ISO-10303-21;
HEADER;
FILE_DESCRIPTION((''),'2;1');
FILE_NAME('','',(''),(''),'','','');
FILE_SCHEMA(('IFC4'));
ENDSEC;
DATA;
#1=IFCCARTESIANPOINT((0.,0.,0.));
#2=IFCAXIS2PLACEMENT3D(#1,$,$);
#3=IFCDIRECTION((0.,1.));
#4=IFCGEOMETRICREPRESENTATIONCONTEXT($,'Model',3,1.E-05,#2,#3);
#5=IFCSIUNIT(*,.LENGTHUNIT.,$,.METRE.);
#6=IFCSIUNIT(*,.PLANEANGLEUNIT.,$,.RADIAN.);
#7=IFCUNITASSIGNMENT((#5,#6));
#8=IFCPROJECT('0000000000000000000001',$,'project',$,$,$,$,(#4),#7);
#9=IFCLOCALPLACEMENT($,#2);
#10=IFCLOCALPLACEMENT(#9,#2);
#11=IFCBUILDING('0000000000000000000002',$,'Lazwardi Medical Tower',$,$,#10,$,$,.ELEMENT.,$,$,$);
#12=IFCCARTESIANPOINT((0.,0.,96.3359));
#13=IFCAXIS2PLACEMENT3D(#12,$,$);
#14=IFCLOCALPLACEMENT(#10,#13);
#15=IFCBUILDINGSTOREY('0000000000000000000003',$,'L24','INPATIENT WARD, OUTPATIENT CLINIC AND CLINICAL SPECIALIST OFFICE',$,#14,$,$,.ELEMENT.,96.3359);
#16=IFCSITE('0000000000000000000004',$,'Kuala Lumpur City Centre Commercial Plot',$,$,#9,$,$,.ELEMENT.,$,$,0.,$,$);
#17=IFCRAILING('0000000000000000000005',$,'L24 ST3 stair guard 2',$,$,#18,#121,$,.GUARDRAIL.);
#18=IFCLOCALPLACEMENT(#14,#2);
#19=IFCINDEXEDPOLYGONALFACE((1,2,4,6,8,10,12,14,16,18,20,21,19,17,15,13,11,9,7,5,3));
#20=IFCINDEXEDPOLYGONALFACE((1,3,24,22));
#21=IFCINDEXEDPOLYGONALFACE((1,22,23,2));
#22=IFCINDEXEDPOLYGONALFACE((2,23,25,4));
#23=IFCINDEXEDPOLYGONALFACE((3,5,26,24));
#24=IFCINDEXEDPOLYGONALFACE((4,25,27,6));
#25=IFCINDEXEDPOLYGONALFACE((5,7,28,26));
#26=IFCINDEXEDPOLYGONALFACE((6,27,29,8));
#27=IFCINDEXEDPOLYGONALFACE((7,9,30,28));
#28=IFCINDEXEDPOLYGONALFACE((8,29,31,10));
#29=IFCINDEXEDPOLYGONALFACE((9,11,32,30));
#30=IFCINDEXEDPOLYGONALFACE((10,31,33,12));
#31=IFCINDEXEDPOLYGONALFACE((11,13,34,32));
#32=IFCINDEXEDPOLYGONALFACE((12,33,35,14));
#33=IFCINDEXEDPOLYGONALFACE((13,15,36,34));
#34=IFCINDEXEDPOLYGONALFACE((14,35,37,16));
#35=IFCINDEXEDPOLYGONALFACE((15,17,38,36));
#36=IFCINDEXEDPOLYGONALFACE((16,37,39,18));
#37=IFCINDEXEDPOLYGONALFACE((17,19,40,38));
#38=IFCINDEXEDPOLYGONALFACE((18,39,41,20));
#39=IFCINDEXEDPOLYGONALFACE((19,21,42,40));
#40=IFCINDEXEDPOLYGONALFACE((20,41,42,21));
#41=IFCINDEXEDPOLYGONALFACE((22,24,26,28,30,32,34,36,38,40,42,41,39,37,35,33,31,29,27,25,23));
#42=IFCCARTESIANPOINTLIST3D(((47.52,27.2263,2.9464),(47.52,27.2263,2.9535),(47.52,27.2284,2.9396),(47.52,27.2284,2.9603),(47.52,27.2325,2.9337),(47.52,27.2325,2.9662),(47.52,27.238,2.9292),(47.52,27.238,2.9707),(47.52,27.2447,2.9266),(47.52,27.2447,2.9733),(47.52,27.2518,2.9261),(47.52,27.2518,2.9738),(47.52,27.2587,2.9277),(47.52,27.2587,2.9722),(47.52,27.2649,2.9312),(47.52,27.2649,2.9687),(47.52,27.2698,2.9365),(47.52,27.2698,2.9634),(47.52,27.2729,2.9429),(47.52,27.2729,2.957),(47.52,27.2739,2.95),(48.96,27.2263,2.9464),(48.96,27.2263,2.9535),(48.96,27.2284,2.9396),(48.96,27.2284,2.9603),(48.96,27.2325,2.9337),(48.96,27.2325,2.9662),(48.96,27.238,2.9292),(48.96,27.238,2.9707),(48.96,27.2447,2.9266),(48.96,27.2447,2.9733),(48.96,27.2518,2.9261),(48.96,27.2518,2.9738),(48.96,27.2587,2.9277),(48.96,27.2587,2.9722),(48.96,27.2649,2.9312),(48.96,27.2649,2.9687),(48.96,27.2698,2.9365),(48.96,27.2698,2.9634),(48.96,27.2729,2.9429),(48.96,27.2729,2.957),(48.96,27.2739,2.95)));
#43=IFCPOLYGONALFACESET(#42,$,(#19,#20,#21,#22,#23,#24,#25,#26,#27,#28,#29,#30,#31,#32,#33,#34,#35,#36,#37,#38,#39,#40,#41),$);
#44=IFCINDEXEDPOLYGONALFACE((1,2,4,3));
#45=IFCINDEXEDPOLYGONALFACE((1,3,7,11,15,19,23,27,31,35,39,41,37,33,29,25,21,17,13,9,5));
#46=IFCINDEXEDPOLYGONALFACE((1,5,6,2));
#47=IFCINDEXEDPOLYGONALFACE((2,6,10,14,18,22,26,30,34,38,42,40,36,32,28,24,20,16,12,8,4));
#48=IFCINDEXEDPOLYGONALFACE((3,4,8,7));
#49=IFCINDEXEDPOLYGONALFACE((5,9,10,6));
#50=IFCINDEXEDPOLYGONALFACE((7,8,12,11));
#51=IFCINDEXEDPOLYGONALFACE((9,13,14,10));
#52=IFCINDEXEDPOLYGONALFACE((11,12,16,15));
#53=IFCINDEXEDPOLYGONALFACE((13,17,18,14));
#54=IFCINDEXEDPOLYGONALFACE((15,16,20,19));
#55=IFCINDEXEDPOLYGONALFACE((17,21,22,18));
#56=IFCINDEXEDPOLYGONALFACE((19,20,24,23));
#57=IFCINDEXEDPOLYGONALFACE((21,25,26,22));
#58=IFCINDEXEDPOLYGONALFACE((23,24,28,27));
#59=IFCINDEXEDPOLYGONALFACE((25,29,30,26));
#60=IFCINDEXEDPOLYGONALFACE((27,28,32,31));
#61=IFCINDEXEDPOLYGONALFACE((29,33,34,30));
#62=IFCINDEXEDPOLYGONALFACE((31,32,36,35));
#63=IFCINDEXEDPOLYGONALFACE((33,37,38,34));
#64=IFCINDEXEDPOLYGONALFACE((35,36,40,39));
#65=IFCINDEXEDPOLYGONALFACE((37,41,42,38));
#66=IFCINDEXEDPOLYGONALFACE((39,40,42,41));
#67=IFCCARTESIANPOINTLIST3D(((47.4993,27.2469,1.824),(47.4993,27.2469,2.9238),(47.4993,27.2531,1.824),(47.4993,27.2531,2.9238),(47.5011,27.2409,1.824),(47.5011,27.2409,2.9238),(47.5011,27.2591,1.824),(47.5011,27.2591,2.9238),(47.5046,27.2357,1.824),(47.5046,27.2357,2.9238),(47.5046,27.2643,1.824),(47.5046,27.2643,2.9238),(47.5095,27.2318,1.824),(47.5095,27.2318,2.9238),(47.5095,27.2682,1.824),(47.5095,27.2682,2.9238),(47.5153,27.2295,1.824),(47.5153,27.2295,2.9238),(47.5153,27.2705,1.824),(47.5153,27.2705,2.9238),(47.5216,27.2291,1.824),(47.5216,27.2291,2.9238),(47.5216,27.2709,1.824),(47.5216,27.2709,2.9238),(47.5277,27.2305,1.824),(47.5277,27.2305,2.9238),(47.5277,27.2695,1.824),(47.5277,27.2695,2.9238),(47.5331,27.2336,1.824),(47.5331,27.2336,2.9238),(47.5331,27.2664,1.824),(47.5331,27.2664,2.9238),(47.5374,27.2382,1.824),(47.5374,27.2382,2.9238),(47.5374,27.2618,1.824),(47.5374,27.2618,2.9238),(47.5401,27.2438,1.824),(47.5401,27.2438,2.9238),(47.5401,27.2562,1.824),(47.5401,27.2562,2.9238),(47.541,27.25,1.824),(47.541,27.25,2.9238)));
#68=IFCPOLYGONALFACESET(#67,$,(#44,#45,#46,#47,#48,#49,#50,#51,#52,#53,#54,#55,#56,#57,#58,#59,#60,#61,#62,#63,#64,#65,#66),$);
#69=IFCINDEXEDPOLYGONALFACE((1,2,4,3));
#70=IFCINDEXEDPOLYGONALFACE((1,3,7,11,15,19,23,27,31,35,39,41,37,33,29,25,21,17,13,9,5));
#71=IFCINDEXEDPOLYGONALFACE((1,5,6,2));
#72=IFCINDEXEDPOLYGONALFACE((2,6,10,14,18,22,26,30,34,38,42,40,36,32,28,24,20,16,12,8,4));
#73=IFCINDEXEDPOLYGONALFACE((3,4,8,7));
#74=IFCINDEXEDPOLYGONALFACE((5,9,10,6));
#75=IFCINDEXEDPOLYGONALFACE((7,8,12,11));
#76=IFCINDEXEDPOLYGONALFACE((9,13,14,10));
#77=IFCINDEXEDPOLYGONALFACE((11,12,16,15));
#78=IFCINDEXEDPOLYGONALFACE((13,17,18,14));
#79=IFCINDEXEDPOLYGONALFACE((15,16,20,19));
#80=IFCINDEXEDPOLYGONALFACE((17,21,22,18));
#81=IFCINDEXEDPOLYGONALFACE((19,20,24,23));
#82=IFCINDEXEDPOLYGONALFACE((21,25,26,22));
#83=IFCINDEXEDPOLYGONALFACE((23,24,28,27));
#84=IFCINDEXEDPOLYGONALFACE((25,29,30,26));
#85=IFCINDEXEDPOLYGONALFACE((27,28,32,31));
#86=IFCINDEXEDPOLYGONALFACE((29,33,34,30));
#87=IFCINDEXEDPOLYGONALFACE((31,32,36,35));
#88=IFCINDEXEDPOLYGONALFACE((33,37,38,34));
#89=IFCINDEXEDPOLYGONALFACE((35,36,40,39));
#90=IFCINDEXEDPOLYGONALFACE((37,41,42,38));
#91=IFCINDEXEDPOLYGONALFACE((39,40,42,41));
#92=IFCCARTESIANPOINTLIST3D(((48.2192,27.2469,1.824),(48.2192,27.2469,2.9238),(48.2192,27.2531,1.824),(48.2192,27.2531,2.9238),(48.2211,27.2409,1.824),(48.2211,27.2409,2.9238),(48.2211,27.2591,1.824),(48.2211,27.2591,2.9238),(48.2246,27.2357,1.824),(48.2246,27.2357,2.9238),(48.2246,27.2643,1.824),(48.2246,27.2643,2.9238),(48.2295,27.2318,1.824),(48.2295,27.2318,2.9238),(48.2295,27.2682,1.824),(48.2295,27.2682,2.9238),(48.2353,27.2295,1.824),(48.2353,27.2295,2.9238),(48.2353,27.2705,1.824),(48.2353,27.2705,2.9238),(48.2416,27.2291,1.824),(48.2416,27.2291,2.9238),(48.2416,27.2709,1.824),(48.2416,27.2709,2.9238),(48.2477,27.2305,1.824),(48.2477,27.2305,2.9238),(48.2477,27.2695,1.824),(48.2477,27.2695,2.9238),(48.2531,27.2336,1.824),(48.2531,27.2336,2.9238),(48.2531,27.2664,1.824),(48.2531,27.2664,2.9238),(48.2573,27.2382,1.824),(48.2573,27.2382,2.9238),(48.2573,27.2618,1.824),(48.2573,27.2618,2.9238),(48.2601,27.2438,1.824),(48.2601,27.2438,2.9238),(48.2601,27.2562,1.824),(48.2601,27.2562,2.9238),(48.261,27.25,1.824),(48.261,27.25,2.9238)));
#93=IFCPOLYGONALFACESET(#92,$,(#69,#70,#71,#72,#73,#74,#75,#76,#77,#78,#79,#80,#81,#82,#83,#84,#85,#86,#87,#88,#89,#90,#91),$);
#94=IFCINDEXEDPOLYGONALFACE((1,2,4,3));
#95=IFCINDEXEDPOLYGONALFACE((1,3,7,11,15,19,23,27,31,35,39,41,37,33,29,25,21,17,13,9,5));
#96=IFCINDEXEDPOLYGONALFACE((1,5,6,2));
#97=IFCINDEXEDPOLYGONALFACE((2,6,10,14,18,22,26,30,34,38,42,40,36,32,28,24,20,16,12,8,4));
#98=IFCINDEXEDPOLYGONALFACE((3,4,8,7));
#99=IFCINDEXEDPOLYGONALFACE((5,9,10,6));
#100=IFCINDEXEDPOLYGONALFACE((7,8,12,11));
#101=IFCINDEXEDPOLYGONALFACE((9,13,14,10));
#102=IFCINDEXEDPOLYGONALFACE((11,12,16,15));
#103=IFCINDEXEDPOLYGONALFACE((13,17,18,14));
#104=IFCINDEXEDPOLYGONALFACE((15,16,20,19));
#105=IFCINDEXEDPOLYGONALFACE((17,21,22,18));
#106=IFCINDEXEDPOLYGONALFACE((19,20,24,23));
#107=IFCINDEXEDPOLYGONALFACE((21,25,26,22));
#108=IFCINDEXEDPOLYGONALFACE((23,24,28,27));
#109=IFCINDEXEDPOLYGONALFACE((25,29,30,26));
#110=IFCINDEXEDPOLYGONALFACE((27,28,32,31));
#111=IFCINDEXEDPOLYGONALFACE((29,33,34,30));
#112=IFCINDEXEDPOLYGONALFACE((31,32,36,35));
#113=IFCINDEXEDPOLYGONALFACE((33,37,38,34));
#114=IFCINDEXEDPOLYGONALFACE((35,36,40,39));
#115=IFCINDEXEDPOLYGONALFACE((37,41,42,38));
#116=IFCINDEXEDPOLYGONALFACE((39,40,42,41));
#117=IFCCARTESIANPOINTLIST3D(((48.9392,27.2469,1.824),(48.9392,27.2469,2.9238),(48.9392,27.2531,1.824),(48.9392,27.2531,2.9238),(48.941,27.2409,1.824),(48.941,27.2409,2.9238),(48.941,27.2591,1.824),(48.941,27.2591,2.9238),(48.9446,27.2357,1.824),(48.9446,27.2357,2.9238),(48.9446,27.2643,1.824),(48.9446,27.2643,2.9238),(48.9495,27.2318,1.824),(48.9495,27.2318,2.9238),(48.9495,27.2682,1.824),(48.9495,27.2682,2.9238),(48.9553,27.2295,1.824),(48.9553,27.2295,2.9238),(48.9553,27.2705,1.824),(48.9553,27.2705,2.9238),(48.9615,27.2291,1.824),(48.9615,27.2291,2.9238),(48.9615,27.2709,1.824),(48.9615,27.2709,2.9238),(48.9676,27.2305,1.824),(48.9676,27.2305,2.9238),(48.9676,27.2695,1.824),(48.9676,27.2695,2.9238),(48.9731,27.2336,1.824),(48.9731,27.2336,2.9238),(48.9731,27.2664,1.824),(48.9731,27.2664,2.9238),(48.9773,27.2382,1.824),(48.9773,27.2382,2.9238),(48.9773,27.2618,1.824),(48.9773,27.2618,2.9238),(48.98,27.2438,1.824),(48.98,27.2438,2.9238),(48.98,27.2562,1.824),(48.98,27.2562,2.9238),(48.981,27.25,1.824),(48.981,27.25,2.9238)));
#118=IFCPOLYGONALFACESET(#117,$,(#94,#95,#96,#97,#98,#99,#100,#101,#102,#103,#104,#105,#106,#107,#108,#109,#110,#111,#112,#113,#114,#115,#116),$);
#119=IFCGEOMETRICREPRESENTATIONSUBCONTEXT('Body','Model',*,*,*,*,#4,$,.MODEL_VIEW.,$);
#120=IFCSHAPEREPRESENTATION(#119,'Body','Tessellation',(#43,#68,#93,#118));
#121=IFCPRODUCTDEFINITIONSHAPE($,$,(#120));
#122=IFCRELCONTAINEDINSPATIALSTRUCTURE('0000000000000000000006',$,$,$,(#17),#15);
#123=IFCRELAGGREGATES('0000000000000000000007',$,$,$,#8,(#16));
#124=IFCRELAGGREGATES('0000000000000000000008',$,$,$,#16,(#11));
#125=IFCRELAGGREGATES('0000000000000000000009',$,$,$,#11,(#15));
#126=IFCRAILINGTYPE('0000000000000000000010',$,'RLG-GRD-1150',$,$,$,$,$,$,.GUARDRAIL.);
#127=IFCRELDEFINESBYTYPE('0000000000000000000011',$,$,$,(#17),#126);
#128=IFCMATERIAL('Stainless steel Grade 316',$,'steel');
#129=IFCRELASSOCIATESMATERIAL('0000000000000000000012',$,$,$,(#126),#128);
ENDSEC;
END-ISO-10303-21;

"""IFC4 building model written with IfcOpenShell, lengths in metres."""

from ifc_helpers import new_model, si_unit, direction, frame, origin, origin_2d, place, context, subcontext, project, spatial, circle, extrude, material, type_object, element, save


model = new_model("IFC4")

# Units and contexts
model_context = context("Model", 3, precision=1e-05, world=origin(), true_north=direction((0.0, 1.0)))
body_context = subcontext(model_context, "Body", "Model", "MODEL_VIEW")
ifc_project = project(units=[si_unit("LENGTHUNIT", "METRE"), si_unit("PLANEANGLEUNIT", "RADIAN")], contexts=[model_context])

# Site, building, storey
site_placement = place(None, origin())
site = spatial("IfcSite", under=ifc_project, at=site_placement, Name="Kuala Lumpur City Centre Commercial Plot", CompositionType="ELEMENT", RefElevation=0.0)
building_placement = place(site_placement, origin())
building = spatial("IfcBuilding", under=site, at=building_placement, Name="Lazwardi Medical Tower", CompositionType="ELEMENT")
storey_placement = place(building_placement, frame((0.0, 0.0, 96.3359)))
storey = spatial("IfcBuildingStorey", under=building, at=storey_placement, Name="L24", Description="INPATIENT WARD, OUTPATIENT CLINIC AND CLINICAL SPECIALIST OFFICE", CompositionType="ELEMENT", Elevation=96.3359)

# Railing
ifc_material_1 = material(Name="Stainless steel Grade 316", Category="steel")
railing_type = type_object("IfcRailingType", Name="RLG-GRD-1150", PredefinedType="GUARDRAIL", material=ifc_material_1)
railing_placement = place(storey_placement, frame((47.52, 27.25, 1.824)))
element("IfcRailing", 1, at=railing_placement, inside=storey, type_object=railing_type, Name="L24 ST3 stair guard 2", PredefinedType="GUARDRAIL", context=body_context, shape_type="SweptSolid", body=[
    extrude(circle(Radius=0.0239, at=origin_2d()), frame((0.0, 0.0, 1.126), z_axis=(1.0, 0.0, 0.0), x_axis=(0.0, 1.0, 0.0)), (0.0, 0.0, 1.0), 1.4399),
    extrude(circle(Radius=0.021, at=origin_2d()), origin(), (0.0, 0.0, 1.0), 1.0999),
    extrude(circle(Radius=0.021, at=origin_2d()), frame((0.72, 0.0, 0.0)), (0.0, 0.0, 1.0), 1.0999),
    extrude(circle(Radius=0.021, at=origin_2d()), frame((1.4399, 0.0, 0.0)), (0.0, 0.0, 1.0), 1.0999),
])

save(model, "model.ifc")
